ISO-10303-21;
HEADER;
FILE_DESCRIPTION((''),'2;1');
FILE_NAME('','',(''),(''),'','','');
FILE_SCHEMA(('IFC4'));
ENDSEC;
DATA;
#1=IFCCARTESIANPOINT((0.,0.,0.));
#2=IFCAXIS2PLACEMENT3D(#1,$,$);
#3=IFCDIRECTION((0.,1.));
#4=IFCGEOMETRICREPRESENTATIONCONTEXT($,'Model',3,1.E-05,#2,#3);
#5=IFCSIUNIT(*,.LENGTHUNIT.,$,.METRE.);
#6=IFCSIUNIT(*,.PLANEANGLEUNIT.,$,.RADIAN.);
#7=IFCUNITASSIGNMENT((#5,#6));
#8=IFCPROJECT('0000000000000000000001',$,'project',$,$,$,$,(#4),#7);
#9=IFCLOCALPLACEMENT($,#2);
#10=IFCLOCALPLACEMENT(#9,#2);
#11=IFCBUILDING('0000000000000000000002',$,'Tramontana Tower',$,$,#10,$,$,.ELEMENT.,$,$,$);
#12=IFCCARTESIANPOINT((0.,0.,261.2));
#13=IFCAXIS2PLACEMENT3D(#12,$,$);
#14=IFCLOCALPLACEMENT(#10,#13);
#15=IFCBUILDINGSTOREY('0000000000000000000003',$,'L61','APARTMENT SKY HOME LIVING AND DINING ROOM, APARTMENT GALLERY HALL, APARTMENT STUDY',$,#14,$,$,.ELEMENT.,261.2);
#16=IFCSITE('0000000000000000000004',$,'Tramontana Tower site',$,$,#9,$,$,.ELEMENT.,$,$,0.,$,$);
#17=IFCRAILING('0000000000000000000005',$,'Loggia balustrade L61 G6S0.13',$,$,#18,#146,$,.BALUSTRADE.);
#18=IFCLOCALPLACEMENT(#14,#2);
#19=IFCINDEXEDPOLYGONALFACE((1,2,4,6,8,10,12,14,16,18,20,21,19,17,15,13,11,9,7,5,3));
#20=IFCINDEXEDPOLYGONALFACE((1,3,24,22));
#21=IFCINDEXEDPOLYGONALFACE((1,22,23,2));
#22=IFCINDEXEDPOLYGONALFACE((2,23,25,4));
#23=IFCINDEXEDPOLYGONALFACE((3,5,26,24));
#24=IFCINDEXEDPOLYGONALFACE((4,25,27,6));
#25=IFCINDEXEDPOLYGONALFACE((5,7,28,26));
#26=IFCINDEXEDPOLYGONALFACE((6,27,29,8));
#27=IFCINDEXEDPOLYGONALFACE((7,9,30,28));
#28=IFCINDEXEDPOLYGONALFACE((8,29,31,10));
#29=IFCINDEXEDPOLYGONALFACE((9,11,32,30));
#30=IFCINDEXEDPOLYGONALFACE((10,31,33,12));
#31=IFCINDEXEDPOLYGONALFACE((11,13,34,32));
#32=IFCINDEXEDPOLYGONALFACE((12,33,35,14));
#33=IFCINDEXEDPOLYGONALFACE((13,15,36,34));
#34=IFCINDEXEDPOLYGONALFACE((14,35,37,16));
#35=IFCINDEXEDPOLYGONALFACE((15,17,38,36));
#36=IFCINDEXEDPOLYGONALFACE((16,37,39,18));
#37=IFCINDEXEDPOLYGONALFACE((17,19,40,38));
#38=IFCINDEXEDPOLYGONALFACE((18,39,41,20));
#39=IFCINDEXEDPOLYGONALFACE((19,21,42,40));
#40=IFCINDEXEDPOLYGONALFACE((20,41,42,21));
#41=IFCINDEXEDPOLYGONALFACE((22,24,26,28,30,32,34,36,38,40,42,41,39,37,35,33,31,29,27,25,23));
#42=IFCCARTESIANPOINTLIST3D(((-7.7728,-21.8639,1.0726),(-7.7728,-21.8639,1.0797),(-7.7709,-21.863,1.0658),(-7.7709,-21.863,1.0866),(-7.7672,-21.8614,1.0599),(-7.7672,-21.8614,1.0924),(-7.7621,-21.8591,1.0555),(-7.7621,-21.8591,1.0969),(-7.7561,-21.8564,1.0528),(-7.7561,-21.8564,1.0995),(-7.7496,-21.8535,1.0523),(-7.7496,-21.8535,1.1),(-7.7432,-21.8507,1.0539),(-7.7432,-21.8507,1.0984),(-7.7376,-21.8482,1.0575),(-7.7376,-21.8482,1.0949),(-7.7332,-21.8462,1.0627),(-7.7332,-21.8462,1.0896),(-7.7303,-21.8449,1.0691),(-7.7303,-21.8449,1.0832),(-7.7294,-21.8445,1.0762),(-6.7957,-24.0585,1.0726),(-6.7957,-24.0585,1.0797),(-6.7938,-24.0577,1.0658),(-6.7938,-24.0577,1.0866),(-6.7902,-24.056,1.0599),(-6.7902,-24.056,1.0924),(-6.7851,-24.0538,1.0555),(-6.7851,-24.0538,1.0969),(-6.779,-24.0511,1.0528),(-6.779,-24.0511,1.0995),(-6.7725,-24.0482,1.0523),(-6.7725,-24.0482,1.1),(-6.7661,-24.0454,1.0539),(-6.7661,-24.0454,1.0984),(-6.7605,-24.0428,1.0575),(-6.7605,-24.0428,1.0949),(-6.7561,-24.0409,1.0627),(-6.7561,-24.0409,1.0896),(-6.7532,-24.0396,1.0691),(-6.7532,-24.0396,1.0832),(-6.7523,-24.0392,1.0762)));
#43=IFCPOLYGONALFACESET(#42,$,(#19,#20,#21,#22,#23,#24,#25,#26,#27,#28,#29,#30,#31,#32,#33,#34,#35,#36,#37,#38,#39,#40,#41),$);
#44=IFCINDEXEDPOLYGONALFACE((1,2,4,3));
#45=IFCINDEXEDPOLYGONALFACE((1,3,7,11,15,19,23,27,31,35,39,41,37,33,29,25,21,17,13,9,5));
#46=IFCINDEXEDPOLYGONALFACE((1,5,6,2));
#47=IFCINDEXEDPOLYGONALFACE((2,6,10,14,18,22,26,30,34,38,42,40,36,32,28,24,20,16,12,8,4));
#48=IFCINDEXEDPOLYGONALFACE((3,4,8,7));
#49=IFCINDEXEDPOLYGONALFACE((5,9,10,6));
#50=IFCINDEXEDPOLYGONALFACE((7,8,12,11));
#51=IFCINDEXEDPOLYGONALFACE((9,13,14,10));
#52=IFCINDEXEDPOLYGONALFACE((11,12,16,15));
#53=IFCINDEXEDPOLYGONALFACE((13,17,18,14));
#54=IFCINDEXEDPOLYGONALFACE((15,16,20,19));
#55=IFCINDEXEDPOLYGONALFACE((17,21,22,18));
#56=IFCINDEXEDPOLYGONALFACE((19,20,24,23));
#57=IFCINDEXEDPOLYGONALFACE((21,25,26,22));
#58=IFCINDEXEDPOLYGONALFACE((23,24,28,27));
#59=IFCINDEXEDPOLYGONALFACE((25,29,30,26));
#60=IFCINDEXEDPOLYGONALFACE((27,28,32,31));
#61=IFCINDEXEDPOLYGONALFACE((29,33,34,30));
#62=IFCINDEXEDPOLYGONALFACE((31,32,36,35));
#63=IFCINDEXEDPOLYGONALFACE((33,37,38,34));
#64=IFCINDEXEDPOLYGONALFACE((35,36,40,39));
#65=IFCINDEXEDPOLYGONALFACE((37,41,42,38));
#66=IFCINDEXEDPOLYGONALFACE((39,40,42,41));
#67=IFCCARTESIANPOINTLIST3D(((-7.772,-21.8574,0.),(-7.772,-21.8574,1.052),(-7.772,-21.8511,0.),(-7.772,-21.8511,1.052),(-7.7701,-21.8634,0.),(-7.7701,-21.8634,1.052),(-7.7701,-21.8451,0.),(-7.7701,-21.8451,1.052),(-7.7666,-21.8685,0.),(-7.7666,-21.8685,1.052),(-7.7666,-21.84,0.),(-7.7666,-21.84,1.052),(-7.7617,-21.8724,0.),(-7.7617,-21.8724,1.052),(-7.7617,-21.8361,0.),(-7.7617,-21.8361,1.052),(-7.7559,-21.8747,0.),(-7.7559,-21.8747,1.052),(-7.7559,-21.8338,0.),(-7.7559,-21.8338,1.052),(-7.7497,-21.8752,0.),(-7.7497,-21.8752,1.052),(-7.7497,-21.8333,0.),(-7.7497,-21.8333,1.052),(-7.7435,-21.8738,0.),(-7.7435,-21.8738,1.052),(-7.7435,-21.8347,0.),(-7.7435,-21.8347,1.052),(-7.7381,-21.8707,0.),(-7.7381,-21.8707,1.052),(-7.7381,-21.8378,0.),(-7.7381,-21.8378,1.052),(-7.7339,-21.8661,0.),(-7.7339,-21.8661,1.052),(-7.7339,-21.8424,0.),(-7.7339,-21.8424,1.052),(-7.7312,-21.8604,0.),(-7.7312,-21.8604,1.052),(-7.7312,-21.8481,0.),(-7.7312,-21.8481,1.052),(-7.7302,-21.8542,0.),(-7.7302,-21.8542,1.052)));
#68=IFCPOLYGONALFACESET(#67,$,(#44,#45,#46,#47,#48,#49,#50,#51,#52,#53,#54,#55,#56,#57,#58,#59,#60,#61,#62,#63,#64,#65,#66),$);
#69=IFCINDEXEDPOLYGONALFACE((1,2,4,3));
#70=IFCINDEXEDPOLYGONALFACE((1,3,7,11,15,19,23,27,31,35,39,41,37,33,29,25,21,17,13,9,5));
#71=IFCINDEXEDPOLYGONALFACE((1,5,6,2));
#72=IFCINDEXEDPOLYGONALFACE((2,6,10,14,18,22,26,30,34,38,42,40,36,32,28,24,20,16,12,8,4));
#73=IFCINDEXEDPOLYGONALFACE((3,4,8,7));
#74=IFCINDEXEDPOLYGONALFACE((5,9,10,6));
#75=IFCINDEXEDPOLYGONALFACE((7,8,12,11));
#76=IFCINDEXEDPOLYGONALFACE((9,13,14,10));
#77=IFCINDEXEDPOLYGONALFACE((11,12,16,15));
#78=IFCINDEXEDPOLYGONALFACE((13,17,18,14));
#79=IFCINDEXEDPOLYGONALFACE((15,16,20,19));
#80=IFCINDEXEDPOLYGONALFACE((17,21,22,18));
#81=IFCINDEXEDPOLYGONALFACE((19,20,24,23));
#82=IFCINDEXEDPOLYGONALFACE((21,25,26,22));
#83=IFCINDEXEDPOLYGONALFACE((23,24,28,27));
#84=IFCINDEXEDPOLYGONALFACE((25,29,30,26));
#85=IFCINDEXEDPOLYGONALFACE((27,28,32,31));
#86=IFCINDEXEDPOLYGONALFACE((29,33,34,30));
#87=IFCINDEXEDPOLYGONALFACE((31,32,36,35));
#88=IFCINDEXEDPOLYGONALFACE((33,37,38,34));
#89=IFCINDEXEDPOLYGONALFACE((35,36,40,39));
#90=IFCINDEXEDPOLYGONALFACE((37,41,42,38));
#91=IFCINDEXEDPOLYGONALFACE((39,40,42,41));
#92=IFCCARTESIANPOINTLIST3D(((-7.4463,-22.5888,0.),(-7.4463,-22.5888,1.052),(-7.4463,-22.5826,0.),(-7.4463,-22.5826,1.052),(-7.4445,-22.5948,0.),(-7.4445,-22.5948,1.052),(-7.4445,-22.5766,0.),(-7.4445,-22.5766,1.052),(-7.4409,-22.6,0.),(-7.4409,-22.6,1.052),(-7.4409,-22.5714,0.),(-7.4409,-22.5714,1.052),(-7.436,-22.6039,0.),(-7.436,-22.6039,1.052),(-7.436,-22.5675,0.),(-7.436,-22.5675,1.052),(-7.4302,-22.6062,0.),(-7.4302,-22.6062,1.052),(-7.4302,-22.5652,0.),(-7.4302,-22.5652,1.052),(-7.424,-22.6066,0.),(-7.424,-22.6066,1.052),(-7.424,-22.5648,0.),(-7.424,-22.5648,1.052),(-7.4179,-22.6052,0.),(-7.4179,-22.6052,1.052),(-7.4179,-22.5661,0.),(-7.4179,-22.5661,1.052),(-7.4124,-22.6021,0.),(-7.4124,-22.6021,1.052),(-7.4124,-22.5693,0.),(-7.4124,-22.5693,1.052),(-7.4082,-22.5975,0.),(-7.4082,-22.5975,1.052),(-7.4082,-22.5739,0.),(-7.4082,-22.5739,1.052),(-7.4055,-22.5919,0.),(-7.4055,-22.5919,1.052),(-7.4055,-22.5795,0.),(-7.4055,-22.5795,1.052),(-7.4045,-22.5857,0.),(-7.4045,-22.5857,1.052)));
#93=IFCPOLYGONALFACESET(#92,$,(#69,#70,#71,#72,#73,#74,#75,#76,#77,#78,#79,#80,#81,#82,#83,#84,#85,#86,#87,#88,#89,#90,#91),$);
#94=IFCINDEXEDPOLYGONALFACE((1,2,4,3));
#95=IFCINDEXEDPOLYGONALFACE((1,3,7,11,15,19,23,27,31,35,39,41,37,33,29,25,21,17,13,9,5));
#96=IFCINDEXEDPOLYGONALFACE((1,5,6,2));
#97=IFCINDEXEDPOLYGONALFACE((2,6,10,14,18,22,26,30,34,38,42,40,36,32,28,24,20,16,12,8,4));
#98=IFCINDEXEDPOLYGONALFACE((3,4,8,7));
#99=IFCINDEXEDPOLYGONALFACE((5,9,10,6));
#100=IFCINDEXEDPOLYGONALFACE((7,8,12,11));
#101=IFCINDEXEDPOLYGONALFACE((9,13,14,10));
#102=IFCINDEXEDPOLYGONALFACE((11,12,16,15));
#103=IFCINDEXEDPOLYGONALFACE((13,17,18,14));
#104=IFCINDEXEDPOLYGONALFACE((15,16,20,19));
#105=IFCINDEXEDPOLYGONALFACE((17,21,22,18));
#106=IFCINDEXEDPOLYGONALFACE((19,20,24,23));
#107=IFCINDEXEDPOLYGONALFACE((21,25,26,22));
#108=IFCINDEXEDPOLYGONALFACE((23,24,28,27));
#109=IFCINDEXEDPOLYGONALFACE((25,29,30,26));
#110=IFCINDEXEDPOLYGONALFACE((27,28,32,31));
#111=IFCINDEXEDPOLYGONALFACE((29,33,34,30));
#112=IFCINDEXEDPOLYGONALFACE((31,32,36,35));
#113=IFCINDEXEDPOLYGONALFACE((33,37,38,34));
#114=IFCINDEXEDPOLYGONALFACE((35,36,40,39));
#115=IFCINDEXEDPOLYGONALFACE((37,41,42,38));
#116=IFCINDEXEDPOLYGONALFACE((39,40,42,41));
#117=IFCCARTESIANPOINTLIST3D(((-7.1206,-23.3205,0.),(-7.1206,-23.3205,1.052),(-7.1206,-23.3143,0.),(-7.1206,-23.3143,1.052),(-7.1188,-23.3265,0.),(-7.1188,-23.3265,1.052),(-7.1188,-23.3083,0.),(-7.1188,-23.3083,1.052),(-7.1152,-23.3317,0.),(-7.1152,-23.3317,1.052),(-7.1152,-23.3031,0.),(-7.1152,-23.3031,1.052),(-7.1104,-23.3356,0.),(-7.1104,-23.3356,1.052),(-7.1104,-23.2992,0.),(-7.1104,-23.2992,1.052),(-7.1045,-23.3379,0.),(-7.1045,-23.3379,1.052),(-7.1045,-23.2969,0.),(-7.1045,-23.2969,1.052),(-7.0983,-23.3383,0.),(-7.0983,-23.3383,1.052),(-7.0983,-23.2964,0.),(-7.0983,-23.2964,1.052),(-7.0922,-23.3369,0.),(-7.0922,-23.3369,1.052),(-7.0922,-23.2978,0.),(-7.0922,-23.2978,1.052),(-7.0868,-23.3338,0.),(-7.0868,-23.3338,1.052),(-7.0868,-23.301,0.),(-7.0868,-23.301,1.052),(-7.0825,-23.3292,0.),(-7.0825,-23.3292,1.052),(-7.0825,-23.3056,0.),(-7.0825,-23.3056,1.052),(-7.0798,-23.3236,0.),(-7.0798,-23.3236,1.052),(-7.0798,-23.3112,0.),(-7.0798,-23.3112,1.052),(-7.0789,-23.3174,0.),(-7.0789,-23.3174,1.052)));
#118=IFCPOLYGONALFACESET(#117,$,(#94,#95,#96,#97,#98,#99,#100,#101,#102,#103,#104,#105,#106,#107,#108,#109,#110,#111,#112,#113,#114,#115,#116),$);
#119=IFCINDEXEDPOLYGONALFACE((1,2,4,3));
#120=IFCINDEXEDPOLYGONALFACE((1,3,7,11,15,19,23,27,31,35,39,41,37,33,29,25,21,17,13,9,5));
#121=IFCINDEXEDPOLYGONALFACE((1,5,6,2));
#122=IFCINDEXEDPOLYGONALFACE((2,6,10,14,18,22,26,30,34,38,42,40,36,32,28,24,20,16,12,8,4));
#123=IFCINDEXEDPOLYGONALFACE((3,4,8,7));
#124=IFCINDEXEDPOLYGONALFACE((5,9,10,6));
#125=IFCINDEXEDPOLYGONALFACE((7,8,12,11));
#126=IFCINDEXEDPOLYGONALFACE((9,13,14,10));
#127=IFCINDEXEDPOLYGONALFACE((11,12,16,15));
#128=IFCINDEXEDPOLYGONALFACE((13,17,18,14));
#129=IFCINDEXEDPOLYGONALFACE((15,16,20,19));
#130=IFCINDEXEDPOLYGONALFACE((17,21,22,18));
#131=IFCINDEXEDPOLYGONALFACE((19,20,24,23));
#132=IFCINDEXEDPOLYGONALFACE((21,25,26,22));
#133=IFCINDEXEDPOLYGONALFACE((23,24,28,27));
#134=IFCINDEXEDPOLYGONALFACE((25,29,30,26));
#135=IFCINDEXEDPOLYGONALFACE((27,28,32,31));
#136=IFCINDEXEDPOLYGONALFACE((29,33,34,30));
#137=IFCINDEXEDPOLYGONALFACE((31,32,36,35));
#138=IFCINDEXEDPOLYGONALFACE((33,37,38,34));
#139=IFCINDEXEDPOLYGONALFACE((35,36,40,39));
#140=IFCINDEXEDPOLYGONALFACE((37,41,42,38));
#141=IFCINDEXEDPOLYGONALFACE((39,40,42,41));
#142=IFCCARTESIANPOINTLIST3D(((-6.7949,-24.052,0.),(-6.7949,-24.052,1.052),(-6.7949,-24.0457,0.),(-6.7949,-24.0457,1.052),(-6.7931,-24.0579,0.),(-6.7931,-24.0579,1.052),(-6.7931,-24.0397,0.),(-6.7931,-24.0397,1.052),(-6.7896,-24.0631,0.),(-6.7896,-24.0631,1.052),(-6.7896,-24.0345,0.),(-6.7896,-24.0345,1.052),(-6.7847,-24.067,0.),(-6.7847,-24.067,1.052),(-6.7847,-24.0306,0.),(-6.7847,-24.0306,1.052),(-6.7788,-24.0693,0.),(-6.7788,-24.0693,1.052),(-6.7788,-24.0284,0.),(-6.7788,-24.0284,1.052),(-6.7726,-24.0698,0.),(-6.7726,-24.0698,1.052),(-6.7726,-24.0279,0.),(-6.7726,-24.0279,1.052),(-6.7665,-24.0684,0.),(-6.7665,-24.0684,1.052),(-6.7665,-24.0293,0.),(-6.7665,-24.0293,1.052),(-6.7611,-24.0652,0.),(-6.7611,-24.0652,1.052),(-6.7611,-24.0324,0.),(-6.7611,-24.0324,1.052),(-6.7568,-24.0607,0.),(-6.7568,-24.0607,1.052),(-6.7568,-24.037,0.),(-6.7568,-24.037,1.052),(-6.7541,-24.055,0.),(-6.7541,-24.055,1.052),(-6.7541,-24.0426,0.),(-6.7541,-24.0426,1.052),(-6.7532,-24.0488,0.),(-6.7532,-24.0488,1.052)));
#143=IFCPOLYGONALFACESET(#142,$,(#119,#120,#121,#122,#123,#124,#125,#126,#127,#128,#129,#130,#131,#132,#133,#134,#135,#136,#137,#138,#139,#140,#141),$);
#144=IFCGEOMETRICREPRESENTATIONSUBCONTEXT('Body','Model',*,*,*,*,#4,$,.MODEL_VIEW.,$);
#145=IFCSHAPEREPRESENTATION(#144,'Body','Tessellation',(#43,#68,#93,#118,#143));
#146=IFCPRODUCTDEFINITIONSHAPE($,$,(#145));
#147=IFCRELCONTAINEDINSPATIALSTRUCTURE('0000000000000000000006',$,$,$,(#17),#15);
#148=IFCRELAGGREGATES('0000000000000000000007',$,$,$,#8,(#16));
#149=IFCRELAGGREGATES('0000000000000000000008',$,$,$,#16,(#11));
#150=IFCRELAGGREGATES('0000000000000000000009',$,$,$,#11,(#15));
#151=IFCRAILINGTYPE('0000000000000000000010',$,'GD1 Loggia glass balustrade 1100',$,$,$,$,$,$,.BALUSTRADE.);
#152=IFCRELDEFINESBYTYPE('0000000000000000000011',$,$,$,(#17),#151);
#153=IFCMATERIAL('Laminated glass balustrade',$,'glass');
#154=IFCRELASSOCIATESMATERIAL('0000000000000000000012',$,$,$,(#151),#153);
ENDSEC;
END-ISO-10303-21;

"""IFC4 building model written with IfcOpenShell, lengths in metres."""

from ifc_helpers import new_model, si_unit, direction, frame, origin, origin_2d, place, context, subcontext, project, spatial, circle, extrude, material, type_object, element, save


model = new_model("IFC4")

# Units and contexts
model_context = context("Model", 3, precision=1e-05, world=origin(), true_north=direction((0.0, 1.0)))
body_context = subcontext(model_context, "Body", "Model", "MODEL_VIEW")
ifc_project = project(units=[si_unit("LENGTHUNIT", "METRE"), si_unit("PLANEANGLEUNIT", "RADIAN")], contexts=[model_context])

# Site, building, storey
site_placement = place(None, origin())
site = spatial("IfcSite", under=ifc_project, at=site_placement, Name="Tramontana Tower site", CompositionType="ELEMENT", RefElevation=0.0)
building_placement = place(site_placement, origin())
building = spatial("IfcBuilding", under=site, at=building_placement, Name="Tramontana Tower", CompositionType="ELEMENT")
storey_placement = place(building_placement, frame((0.0, 0.0, 261.2)))
storey = spatial("IfcBuildingStorey", under=building, at=storey_placement, Name="L61", Description="APARTMENT SKY HOME LIVING AND DINING ROOM, APARTMENT GALLERY HALL, APARTMENT STUDY", CompositionType="ELEMENT", Elevation=261.2)

# Railing
ifc_material_1 = material(Name="Laminated glass balustrade", Category="glass")
railing_type = type_object("IfcRailingType", Name="GD1 Loggia glass balustrade 1100", PredefinedType="BALUSTRADE", material=ifc_material_1)
railing_1_placement = place(storey_placement, frame((-7.7512, -21.8542, 0.0)))
element("IfcRailing", 1, at=railing_1_placement, inside=storey, type_object=railing_type, Name="Loggia balustrade L61 G6S0.13", PredefinedType="BALUSTRADE", context=body_context, shape_type="SweptSolid", body=[
    extrude(circle(Radius=0.0239, at=origin_2d()), frame((0.0, 0.0, 1.0762), z_axis=(0.406723, -0.913552, 0.0), x_axis=(0.913552, 0.406723, 0.0)), (0.0, 0.0, 1.0), 2.4023),
    extrude(circle(Radius=0.021, at=origin_2d()), origin(), (0.0, 0.0, 1.0), 1.052),
    extrude(circle(Radius=0.021, at=origin_2d()), frame((0.3257, -0.7314, 0.0)), (0.0, 0.0, 1.0), 1.052),
    extrude(circle(Radius=0.021, at=origin_2d()), frame((0.6514, -1.4631, 0.0)), (0.0, 0.0, 1.0), 1.052),
    extrude(circle(Radius=0.021, at=origin_2d()), frame((0.9771, -2.1946, 0.0)), (0.0, 0.0, 1.0), 1.052),
])

save(model, "model.ifc")
